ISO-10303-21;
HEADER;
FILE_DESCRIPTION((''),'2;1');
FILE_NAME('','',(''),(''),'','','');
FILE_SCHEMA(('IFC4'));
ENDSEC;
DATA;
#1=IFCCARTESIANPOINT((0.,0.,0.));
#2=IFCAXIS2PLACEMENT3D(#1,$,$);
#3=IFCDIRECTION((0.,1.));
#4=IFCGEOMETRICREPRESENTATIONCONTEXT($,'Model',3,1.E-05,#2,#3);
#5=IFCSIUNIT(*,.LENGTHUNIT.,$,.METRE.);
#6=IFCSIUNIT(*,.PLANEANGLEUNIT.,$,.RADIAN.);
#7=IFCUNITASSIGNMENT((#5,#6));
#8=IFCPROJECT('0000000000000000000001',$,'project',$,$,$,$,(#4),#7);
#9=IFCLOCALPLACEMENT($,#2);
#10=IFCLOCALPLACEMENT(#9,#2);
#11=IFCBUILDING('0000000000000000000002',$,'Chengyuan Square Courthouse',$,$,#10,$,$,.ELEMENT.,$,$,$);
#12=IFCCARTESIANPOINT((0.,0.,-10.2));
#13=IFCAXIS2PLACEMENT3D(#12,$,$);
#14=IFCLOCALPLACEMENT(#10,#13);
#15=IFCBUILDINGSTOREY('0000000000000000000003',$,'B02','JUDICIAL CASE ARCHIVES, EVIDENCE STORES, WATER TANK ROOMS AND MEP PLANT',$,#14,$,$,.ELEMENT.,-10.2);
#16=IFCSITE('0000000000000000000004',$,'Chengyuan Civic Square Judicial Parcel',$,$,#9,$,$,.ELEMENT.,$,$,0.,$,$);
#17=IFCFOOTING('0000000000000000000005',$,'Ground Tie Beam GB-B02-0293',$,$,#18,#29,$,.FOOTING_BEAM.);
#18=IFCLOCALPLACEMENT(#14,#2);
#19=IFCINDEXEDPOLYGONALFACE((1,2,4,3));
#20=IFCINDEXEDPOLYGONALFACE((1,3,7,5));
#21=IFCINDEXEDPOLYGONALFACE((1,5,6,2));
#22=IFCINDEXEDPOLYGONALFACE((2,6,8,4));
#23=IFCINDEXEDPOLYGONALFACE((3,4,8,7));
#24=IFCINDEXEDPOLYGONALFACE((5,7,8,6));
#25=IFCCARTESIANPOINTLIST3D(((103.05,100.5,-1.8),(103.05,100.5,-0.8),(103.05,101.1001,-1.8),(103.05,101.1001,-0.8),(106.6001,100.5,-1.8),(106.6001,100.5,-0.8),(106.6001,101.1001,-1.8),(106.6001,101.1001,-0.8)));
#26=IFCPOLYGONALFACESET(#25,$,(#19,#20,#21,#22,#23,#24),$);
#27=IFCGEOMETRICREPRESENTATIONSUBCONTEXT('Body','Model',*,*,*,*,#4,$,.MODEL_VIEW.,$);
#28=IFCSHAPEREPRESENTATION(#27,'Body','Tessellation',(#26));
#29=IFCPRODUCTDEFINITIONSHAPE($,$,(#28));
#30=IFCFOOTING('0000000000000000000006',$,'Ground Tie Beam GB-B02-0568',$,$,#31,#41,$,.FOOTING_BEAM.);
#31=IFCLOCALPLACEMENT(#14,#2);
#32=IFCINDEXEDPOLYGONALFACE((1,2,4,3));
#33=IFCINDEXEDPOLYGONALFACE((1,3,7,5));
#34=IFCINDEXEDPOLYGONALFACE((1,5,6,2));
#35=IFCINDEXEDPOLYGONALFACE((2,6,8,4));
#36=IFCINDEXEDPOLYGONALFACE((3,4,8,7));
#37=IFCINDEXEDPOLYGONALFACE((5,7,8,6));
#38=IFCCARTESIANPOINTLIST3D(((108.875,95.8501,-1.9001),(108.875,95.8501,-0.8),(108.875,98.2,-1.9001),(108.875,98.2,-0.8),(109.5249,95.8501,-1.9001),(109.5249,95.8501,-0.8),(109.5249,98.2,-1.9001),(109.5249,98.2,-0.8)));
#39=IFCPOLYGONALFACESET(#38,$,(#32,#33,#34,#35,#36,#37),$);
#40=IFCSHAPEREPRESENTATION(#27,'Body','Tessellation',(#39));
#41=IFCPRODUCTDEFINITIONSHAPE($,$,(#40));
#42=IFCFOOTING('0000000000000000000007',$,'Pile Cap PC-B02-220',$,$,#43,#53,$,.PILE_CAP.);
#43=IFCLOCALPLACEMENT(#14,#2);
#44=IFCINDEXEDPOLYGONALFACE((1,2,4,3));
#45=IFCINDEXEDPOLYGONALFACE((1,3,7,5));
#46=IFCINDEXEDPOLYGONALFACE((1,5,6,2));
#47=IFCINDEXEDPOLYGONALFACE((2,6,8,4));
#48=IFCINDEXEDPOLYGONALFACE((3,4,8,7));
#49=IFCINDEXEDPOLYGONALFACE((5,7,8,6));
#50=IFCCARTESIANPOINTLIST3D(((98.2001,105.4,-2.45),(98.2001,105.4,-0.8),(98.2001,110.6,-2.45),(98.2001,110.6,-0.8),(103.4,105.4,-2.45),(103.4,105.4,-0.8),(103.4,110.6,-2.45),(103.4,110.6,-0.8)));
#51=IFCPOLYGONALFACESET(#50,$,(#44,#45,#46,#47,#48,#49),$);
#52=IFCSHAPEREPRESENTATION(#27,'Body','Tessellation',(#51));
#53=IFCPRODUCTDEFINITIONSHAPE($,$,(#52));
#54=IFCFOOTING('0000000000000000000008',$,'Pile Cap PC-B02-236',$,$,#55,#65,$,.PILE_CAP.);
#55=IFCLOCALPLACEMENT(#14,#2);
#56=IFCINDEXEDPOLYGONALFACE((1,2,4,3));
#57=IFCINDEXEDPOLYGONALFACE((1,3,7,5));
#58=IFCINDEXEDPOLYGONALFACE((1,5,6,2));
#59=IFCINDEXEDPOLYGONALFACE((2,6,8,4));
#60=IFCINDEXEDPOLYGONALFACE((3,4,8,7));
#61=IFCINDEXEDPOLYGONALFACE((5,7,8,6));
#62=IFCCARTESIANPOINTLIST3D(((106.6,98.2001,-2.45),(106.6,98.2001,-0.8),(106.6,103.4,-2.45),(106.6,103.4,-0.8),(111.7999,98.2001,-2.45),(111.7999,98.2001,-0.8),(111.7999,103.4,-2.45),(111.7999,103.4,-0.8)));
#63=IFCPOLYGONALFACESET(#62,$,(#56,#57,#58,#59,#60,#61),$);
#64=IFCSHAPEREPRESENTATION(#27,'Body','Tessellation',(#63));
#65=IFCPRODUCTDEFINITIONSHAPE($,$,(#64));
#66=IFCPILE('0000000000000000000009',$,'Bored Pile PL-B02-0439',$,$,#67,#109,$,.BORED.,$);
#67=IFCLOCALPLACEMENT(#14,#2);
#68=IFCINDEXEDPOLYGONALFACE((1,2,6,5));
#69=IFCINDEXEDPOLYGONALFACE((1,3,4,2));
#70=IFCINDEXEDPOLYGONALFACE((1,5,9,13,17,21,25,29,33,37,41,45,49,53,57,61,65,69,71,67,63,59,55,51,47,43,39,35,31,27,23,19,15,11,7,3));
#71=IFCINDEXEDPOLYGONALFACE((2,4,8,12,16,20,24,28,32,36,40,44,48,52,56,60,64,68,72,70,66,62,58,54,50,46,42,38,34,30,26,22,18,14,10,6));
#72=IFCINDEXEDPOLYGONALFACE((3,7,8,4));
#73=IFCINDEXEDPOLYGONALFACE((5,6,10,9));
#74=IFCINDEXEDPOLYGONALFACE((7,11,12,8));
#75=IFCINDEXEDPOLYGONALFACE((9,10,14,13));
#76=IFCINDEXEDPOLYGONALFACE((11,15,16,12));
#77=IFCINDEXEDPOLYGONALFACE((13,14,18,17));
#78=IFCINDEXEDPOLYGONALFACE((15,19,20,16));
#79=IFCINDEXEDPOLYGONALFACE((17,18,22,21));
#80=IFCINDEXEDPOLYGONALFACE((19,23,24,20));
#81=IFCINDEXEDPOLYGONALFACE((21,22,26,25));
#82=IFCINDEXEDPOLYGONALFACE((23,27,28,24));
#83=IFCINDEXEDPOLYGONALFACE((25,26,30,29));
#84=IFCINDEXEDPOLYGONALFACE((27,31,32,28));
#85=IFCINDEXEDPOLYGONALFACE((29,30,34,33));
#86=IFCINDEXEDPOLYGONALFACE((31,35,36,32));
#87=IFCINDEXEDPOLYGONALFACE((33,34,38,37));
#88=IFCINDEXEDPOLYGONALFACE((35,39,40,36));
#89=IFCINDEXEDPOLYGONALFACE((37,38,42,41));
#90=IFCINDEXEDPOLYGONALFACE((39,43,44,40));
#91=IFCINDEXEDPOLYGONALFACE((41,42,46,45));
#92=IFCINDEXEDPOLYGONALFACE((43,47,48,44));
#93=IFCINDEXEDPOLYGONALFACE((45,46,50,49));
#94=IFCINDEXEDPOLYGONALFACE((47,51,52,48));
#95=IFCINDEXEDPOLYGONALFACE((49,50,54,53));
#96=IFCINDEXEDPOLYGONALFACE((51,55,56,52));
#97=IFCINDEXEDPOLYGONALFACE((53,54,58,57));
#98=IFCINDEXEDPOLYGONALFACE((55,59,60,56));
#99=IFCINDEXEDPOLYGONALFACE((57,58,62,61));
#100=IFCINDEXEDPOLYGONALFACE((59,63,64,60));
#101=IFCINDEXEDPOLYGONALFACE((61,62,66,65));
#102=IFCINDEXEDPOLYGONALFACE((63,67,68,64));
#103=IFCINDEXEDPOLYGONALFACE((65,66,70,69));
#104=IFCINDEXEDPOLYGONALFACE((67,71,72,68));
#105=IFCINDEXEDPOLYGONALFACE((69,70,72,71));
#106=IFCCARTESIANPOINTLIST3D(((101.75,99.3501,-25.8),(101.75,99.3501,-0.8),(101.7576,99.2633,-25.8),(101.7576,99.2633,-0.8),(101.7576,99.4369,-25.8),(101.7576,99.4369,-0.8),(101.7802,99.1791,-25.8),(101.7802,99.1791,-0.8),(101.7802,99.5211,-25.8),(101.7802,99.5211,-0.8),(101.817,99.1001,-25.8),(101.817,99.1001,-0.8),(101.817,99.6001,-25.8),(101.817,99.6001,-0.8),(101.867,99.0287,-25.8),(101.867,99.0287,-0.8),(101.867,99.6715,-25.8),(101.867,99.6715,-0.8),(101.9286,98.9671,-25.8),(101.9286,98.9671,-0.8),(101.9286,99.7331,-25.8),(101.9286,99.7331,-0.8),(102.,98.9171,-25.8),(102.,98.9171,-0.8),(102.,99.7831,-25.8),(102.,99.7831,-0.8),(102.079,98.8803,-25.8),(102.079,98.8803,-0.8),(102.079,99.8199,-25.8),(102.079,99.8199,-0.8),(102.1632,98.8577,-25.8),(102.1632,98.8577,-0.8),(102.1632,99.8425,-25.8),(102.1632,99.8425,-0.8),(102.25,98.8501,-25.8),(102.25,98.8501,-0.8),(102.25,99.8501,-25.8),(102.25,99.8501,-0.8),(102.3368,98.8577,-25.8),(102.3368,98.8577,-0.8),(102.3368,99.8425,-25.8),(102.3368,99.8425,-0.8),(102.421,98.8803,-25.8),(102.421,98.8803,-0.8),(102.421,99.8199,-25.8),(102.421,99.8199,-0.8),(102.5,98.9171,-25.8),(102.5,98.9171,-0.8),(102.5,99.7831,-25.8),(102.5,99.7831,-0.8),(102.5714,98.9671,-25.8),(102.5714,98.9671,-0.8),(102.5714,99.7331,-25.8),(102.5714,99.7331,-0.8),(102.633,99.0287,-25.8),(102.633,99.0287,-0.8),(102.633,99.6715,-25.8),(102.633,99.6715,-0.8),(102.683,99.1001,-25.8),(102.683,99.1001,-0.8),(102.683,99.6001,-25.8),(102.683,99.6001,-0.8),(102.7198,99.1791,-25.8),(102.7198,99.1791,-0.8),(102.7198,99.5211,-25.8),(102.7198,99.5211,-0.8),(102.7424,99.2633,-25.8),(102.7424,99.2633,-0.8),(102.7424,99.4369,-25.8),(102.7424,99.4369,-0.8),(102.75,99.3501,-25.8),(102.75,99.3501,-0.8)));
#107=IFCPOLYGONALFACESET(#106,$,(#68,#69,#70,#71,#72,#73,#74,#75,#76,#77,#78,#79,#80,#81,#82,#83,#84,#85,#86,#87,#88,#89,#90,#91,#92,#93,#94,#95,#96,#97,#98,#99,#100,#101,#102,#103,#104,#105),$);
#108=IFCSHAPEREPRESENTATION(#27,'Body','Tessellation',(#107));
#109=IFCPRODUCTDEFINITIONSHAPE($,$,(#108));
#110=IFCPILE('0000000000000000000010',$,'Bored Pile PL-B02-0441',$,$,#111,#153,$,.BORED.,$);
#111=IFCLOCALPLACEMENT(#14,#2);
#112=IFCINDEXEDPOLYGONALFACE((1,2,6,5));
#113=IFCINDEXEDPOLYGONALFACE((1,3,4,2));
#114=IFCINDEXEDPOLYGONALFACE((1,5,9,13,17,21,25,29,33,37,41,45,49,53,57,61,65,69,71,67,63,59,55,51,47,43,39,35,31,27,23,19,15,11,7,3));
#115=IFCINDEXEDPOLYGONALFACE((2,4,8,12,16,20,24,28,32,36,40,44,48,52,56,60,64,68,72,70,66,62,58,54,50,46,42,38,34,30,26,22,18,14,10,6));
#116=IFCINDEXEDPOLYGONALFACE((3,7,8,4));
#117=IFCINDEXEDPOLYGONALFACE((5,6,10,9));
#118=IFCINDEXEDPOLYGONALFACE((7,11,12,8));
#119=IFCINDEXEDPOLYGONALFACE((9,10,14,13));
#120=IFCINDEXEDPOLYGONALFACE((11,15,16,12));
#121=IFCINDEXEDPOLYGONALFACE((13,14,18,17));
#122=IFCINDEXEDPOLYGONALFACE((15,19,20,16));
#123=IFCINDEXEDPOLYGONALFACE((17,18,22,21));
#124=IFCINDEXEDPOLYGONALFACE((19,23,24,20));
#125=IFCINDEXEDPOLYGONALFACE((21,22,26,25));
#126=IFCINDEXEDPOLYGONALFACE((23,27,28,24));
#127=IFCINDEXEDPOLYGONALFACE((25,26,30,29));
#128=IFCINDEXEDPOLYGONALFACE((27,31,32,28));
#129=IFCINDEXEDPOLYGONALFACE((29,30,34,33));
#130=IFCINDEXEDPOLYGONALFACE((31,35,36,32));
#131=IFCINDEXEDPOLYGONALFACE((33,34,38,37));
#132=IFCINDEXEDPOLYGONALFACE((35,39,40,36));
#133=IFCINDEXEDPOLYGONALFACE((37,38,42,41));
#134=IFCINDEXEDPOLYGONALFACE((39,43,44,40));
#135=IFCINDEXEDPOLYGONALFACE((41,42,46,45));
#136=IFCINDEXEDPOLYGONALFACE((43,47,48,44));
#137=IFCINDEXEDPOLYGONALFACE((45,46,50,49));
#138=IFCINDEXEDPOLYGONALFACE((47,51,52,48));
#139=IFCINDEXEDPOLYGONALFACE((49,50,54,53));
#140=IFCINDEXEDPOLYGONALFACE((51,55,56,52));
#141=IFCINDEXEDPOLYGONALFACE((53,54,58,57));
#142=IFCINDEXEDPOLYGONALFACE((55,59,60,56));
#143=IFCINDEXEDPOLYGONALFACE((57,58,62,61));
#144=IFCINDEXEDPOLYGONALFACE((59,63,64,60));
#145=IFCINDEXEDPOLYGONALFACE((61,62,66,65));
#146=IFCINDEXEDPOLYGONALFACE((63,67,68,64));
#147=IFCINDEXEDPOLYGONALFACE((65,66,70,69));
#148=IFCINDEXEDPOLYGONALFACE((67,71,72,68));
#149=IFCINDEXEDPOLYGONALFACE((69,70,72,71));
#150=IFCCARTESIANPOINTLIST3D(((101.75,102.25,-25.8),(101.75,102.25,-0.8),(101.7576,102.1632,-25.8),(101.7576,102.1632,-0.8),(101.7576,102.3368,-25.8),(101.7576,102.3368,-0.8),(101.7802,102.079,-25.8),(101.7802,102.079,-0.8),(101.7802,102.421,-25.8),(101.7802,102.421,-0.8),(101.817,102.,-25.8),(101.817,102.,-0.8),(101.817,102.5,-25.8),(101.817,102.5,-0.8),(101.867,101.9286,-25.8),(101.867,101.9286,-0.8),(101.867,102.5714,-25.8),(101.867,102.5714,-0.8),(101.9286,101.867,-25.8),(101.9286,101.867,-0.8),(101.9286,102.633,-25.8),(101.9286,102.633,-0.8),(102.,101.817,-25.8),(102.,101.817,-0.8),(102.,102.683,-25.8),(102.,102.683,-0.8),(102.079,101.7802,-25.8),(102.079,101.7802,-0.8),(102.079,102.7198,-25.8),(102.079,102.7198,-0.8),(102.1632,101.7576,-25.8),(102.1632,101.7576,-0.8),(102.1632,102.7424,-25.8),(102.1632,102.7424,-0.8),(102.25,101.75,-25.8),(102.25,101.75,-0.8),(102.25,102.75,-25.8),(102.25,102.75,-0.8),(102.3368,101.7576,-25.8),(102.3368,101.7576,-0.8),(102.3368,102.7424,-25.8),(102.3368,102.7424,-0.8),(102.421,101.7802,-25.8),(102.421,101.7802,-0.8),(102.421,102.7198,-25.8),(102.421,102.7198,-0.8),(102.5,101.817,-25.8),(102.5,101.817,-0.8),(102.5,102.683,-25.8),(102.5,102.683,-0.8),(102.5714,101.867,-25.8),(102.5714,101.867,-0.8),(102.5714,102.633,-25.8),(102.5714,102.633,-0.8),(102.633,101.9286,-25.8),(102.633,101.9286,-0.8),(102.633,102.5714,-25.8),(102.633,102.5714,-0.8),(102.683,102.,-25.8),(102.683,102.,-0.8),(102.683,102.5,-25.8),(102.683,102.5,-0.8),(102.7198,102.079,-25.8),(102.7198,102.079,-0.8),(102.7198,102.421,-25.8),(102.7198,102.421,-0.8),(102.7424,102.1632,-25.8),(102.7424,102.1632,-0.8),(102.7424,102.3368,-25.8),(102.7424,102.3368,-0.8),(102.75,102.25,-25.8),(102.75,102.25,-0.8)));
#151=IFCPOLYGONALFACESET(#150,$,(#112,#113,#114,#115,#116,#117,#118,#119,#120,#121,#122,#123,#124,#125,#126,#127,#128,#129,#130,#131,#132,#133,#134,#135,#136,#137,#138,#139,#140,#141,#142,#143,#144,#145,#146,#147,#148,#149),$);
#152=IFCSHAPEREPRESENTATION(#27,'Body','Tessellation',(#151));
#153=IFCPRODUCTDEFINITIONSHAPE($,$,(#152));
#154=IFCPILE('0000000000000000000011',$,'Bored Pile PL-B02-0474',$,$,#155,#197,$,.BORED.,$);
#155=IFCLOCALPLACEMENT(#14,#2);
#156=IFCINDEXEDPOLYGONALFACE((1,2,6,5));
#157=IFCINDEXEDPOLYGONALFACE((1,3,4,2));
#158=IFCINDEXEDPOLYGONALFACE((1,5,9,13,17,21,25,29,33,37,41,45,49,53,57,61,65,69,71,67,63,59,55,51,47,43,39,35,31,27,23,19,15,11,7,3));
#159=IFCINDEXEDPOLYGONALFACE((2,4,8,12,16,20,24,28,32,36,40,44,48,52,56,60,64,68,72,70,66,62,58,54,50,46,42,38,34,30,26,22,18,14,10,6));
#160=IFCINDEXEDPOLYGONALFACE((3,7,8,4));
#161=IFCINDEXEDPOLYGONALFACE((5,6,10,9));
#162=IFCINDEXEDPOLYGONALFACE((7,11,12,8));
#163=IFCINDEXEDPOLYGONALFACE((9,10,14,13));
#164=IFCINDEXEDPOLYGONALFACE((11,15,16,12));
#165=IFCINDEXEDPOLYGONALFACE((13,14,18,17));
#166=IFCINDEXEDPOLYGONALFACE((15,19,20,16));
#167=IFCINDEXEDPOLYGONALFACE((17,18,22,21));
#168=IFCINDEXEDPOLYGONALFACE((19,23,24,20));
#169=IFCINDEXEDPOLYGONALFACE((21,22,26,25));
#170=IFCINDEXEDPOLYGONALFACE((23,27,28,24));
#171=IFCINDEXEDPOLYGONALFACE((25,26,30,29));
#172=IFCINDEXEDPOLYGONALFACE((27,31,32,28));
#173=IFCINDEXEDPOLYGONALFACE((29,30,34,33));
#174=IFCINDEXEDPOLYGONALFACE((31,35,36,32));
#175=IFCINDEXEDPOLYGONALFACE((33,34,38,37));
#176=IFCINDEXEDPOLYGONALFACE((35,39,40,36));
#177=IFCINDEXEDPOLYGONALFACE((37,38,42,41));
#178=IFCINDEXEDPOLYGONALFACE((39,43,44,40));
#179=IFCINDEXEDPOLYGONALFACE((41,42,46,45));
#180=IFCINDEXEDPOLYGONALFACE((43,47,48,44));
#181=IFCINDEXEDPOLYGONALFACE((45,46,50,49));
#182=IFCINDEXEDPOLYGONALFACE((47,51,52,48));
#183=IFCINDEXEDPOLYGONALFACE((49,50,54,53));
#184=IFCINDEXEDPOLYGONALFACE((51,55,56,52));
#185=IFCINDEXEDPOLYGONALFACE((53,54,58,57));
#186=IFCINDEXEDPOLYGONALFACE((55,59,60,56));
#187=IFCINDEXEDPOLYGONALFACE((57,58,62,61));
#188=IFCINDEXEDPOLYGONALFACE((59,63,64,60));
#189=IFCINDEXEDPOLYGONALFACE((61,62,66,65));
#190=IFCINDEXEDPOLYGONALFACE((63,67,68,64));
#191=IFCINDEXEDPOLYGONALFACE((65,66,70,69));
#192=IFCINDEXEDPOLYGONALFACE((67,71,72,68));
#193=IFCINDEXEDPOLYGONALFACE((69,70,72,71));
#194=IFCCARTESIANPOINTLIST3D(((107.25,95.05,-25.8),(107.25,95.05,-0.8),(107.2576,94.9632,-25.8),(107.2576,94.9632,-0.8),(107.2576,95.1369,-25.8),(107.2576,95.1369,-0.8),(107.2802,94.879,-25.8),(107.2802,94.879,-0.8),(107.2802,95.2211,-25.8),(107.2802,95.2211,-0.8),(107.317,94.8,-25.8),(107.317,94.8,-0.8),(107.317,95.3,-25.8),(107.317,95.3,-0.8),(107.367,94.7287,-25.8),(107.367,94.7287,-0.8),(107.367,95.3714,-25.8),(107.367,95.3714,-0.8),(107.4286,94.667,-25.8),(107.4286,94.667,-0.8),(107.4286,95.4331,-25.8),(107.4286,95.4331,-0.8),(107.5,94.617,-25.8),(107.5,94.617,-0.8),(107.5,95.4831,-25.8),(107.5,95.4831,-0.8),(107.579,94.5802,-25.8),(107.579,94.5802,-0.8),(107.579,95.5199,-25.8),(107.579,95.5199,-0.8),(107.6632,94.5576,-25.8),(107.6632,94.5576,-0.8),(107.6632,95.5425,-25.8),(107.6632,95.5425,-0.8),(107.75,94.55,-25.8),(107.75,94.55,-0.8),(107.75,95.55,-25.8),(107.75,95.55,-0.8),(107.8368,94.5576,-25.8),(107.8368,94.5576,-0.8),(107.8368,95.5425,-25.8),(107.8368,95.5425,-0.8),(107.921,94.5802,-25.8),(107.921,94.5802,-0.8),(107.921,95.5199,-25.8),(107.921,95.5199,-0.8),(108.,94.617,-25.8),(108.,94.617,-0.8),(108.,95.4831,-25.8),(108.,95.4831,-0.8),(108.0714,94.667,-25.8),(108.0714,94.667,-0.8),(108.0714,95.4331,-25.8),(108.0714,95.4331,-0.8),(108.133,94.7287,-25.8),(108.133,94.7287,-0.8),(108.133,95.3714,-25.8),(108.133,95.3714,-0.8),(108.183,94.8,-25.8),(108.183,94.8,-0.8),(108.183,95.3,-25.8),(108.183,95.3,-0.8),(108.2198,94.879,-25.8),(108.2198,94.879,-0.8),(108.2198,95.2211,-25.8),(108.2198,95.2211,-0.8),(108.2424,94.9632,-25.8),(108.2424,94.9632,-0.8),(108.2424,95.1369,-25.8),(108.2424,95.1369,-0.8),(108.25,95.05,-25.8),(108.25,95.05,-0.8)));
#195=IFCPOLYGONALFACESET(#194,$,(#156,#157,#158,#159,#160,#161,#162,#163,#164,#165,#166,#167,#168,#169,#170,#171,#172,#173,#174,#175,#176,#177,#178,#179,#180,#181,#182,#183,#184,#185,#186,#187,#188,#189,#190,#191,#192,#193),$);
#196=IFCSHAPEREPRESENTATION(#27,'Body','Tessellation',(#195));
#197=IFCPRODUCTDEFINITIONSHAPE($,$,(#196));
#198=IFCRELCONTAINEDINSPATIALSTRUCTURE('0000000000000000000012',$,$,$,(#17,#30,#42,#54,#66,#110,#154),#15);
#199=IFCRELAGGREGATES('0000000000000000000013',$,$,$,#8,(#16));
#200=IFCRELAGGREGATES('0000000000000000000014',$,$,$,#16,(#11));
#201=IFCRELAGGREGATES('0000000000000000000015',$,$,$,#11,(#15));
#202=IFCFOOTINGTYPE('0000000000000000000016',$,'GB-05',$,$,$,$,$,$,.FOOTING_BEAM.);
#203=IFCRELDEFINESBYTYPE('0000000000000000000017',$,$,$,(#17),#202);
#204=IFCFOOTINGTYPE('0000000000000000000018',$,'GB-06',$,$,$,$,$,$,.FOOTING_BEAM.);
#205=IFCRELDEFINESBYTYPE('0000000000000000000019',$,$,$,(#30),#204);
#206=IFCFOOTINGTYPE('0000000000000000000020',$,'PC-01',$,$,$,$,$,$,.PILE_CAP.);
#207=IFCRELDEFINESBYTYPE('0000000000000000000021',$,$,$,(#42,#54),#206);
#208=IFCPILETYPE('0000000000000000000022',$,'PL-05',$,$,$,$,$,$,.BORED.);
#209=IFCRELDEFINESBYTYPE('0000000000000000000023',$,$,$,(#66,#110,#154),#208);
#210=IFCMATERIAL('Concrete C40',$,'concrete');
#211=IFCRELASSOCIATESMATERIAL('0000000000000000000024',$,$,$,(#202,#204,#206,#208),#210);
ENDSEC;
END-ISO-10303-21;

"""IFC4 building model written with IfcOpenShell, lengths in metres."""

from ifc_helpers import new_model, si_unit, direction, frame, origin, origin_2d, place, context, subcontext, project, spatial, rectangle, circle, extrude, material, material_profile, profile_set, type_object, element, save


model = new_model("IFC4")

# Units and contexts
model_context = context("Model", 3, precision=1e-05, world=origin(), true_north=direction((0.0, 1.0)))
body_context = subcontext(model_context, "Body", "Model", "MODEL_VIEW")
ifc_project = project(units=[si_unit("LENGTHUNIT", "METRE"), si_unit("PLANEANGLEUNIT", "RADIAN")], contexts=[model_context])

# Site, building, storey
site_placement = place(None, origin())
site = spatial("IfcSite", under=ifc_project, at=site_placement, Name="Chengyuan Civic Square Judicial Parcel", CompositionType="ELEMENT", RefElevation=0.0)
building_placement = place(site_placement, origin())
building = spatial("IfcBuilding", under=site, at=building_placement, Name="Chengyuan Square Courthouse", CompositionType="ELEMENT")
storey_placement = place(building_placement, frame((0.0, 0.0, -10.2)))
storey = spatial("IfcBuildingStorey", under=building, at=storey_placement, Name="B02", Description="JUDICIAL CASE ARCHIVES, EVIDENCE STORES, WATER TANK ROOMS AND MEP PLANT", CompositionType="ELEMENT", Elevation=-10.2)

# Footings
ifc_material_1 = material(Name="Concrete C40", Category="concrete")
ifc_material_profile_1 = material_profile(ifc_material_1, rectangle(XDim=0.6001, YDim=1.0, at=origin_2d()), Name="GB-600x1000")
ifc_profile_set_1 = profile_set([ifc_material_profile_1], Name="Concrete C40")
footing_type_1 = type_object("IfcFootingType", Name="GB-05", PredefinedType="FOOTING_BEAM", material=ifc_profile_set_1)
footing_1_placement = place(storey_placement, frame((103.05, 100.8, -1.3), z_axis=(1.0, 0.0, 0.0), x_axis=(0.0, 1.0, 0.0)))
element("IfcFooting", 1, at=footing_1_placement, inside=storey, type_object=footing_type_1, Name="Ground Tie Beam GB-B02-0293", PredefinedType="FOOTING_BEAM", context=body_context, shape_type="SweptSolid", body=[
    extrude(rectangle(XDim=0.6001, YDim=1.0, at=origin_2d()), origin(), (0.0, 0.0, 1.0), 3.55),
])
ifc_material_profile_2 = material_profile(ifc_material_1, rectangle(XDim=0.6499, YDim=1.1001, at=origin_2d()), Name="GB-650x1100")
ifc_profile_set_2 = profile_set([ifc_material_profile_2], Name="Concrete C40")
footing_type_2 = type_object("IfcFootingType", Name="GB-06", PredefinedType="FOOTING_BEAM", material=ifc_profile_set_2)
footing_2_placement = place(storey_placement, frame((109.2, 95.8501, -1.3501), z_axis=(0.0, 1.0, 0.0), x_axis=(-1.0, 0.0, 0.0)))
element("IfcFooting", 2, at=footing_2_placement, inside=storey, type_object=footing_type_2, Name="Ground Tie Beam GB-B02-0568", PredefinedType="FOOTING_BEAM", context=body_context, shape_type="SweptSolid", body=[
    extrude(rectangle(XDim=0.6499, YDim=1.1001, at=origin_2d()), origin(), (0.0, 0.0, 1.0), 2.3499),
])
footing_type_3 = type_object("IfcFootingType", Name="PC-01", PredefinedType="PILE_CAP", material=ifc_material_1)
for number, where, z_axis, x_axis, name in (
    (3, (100.8, 108.0, -2.45), (0.0, 0.0, 1.0), (1.0, 0.0, 0.0), "Pile Cap PC-B02-220"),
    (4, (109.2, 100.8, -2.45), (0.0, 0.0, 1.0), (1.0, 0.0, 0.0), "Pile Cap PC-B02-236"),
):
    element("IfcFooting", number, at=place(storey_placement, frame(where, z_axis=z_axis, x_axis=x_axis)), inside=storey, type_object=footing_type_3, Name=name, PredefinedType="PILE_CAP", context=body_context, shape_type="SweptSolid", body=[
        extrude(rectangle(XDim=5.2, YDim=5.2, at=origin_2d()), origin(), (0.0, 0.0, 1.0), 1.6499),
    ])

# Piles
ifc_material_profile_3 = material_profile(ifc_material_1, circle(Radius=0.5, at=origin_2d()), Name="BORED PILE D1000")
ifc_profile_set_3 = profile_set([ifc_material_profile_3], Name="Concrete C40")
pile_type_1 = type_object("IfcPileType", Name="PL-05", PredefinedType="BORED", material=ifc_profile_set_3)
for number, where, z_axis, x_axis, name in (
    (5, (102.25, 99.3501, -0.8), (0.0, 0.0, -1.0), (1.0, 0.0, 0.0), "Bored Pile PL-B02-0439"),
    (6, (102.25, 102.25, -0.8), (0.0, 0.0, -1.0), (1.0, 0.0, 0.0), "Bored Pile PL-B02-0441"),
    (7, (107.75, 95.05, -0.8), (0.0, 0.0, -1.0), (1.0, 0.0, 0.0), "Bored Pile PL-B02-0474"),
):
    element("IfcPile", number, at=place(storey_placement, frame(where, z_axis=z_axis, x_axis=x_axis)), inside=storey, type_object=pile_type_1, Name=name, PredefinedType="BORED", context=body_context, shape_type="SweptSolid", body=[
        extrude(circle(Radius=0.5, at=origin_2d()), origin(), (0.0, 0.0, 1.0), 25.0),
    ])

save(model, "model.ifc")
